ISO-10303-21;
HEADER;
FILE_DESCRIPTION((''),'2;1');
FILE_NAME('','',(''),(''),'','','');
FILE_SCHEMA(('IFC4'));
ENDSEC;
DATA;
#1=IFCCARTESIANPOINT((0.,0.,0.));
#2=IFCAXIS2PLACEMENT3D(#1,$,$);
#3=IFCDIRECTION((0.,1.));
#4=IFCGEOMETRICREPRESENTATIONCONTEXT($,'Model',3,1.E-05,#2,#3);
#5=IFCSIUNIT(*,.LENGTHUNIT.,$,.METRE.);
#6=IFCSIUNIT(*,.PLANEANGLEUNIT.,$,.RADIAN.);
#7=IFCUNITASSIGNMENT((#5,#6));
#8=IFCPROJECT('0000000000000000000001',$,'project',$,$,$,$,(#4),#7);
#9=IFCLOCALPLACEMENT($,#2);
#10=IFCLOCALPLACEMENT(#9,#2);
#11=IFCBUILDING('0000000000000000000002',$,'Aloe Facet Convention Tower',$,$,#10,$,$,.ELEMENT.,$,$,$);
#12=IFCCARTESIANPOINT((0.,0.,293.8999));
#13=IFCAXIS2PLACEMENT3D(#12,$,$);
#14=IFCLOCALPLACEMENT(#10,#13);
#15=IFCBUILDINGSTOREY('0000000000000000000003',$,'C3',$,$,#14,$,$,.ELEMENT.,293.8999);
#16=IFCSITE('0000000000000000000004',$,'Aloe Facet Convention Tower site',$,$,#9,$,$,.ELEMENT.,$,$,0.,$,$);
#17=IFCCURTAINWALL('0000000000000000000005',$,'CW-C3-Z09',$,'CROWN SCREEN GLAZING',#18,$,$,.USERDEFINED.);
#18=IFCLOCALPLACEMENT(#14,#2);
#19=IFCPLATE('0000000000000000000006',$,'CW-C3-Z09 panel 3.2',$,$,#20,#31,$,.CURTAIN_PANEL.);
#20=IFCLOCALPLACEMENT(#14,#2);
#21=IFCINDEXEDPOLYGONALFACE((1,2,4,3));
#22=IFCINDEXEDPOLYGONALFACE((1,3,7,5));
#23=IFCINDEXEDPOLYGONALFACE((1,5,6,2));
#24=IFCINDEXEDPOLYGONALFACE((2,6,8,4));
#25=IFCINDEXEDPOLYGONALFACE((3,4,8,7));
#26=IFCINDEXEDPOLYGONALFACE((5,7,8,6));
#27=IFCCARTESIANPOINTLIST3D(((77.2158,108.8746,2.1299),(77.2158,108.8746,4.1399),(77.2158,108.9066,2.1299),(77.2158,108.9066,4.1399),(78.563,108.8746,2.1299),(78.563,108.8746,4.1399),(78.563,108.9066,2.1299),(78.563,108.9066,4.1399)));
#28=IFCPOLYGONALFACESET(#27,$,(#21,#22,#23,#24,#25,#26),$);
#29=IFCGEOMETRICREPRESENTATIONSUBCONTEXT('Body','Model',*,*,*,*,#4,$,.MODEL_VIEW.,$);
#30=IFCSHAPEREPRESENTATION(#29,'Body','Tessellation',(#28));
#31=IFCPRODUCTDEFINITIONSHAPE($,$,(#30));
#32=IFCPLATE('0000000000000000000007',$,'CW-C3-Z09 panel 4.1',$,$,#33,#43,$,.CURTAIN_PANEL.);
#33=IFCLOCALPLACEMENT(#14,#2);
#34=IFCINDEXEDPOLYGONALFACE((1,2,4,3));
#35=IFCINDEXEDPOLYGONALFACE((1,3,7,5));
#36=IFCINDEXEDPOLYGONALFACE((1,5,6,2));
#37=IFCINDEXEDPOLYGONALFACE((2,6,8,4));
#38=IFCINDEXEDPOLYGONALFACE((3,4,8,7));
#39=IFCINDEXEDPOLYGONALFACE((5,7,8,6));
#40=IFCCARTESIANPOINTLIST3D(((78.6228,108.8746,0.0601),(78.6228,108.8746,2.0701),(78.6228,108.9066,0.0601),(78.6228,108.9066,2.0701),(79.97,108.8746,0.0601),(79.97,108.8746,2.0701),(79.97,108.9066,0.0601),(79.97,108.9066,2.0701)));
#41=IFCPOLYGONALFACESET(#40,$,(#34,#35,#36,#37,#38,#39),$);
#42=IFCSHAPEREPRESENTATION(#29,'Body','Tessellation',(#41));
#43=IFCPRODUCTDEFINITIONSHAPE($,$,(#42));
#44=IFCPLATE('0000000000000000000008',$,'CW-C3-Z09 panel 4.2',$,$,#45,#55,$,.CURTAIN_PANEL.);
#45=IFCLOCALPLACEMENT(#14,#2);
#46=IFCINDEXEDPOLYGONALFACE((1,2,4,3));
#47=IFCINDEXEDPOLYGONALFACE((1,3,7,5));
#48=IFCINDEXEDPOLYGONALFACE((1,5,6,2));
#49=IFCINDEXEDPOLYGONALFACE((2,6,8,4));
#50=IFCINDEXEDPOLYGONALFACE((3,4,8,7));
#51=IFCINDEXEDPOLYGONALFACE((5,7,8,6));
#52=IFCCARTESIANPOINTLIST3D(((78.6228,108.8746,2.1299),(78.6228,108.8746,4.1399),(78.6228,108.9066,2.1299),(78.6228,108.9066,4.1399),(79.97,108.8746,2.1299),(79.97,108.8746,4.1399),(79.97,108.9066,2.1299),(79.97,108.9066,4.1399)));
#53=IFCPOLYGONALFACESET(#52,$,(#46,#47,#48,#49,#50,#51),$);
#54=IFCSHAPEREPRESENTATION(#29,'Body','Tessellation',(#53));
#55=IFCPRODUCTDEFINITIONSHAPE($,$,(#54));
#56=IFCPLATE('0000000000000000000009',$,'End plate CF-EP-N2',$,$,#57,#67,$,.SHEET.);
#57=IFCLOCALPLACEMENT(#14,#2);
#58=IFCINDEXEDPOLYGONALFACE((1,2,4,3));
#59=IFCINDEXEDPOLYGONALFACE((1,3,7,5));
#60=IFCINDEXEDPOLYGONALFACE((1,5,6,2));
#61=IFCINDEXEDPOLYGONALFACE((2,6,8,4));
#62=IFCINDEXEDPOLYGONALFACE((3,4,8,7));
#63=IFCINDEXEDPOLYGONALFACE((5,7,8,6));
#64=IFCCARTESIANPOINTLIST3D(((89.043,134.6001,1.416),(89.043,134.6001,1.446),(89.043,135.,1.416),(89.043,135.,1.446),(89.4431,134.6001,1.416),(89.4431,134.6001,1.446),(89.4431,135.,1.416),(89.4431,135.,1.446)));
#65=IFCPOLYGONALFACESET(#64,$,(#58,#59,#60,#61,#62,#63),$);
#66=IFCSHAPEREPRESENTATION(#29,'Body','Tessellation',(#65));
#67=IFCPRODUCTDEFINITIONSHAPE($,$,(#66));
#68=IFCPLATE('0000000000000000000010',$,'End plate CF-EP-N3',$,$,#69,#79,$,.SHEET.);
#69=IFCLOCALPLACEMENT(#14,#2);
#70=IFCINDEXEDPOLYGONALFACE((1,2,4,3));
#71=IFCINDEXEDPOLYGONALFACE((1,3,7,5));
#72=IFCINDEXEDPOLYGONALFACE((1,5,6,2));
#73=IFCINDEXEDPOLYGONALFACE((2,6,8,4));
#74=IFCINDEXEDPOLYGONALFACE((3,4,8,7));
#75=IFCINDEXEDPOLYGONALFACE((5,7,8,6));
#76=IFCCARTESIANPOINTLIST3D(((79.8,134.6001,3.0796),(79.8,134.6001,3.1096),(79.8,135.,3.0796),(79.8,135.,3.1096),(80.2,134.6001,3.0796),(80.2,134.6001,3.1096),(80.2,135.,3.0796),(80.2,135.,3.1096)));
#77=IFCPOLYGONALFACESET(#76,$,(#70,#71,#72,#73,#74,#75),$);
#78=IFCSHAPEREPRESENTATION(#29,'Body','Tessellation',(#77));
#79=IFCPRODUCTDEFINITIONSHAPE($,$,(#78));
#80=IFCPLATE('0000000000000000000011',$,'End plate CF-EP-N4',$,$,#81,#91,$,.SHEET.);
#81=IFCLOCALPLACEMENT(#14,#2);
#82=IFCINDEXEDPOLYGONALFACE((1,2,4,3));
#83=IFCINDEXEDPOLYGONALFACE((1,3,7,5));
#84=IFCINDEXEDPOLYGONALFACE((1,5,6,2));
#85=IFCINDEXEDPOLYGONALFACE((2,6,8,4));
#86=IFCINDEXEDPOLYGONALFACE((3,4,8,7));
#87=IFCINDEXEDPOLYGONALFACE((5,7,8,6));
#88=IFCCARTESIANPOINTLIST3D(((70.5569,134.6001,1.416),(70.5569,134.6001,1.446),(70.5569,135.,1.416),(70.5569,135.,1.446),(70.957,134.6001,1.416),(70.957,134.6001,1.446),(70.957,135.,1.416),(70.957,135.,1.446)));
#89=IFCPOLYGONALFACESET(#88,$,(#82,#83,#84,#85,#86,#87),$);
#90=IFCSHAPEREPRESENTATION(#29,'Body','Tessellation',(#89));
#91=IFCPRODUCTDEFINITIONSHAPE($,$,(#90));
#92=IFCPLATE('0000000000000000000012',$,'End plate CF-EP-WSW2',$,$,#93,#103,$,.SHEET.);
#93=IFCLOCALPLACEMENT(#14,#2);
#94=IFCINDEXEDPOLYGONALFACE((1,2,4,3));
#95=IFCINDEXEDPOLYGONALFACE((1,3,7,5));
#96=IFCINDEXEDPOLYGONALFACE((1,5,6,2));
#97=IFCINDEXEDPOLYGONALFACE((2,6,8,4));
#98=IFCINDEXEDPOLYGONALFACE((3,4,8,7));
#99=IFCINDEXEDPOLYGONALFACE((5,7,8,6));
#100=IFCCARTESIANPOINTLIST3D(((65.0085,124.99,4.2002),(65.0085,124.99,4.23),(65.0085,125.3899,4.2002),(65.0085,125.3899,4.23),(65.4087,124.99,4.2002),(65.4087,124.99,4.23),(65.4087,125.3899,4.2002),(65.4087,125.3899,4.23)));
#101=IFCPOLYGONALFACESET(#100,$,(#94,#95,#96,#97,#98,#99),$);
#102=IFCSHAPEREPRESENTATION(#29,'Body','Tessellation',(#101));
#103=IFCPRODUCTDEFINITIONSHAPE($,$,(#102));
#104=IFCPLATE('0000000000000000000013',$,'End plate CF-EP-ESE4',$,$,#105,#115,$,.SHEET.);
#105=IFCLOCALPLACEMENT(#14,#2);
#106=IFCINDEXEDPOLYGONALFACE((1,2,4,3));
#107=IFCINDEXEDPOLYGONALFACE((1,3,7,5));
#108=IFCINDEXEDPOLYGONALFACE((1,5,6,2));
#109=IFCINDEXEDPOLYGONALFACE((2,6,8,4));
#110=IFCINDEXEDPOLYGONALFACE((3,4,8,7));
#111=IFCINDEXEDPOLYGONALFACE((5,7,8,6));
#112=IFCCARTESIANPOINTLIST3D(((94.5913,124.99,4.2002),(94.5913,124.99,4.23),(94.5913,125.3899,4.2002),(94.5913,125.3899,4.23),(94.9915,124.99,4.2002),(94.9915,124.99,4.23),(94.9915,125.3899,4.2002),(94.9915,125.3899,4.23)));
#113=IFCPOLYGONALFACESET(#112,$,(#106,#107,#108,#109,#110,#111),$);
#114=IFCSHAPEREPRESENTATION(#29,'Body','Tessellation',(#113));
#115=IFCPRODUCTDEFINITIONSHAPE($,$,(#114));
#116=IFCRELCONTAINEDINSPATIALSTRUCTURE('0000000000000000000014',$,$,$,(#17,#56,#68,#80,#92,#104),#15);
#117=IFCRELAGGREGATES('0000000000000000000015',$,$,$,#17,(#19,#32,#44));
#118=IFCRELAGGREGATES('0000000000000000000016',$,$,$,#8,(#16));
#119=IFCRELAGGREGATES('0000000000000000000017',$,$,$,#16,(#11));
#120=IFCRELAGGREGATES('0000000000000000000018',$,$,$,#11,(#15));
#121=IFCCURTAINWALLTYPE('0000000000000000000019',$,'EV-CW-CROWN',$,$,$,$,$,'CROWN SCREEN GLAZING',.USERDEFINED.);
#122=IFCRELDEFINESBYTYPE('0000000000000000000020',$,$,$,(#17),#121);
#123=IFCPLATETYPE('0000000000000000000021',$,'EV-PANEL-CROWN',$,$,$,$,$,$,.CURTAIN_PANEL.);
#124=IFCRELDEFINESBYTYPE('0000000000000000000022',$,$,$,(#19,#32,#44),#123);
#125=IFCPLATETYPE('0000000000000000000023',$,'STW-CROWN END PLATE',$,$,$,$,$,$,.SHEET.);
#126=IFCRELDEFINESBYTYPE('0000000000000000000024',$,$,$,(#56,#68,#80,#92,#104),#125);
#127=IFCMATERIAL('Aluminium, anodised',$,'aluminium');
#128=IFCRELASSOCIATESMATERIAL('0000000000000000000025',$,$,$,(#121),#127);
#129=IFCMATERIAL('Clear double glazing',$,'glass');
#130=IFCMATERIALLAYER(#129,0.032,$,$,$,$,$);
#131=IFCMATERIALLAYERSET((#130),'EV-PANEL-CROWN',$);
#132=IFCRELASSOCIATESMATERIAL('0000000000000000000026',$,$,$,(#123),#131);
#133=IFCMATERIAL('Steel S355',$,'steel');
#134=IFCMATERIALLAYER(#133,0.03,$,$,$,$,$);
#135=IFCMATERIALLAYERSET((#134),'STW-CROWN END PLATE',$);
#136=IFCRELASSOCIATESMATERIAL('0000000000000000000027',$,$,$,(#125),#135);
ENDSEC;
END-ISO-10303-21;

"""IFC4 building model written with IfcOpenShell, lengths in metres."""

from ifc_helpers import new_model, si_unit, direction, frame, origin, origin_2d, place, context, subcontext, project, spatial, polyline, rectangle, outline, extrude, material, layer, layer_set, type_object, element, aggregate, save


model = new_model("IFC4")

# Units and contexts
model_context = context("Model", 3, precision=1e-05, world=origin(), true_north=direction((0.0, 1.0)))
body_context = subcontext(model_context, "Body", "Model", "MODEL_VIEW")
ifc_project = project(units=[si_unit("LENGTHUNIT", "METRE"), si_unit("PLANEANGLEUNIT", "RADIAN")], contexts=[model_context])

# Site, building, storey
site_placement = place(None, origin())
site = spatial("IfcSite", under=ifc_project, at=site_placement, Name="Aloe Facet Convention Tower site", CompositionType="ELEMENT", RefElevation=0.0)
building_placement = place(site_placement, origin())
building = spatial("IfcBuilding", under=site, at=building_placement, Name="Aloe Facet Convention Tower", CompositionType="ELEMENT")
storey_placement = place(building_placement, frame((0.0, 0.0, 293.8999)))
storey = spatial("IfcBuildingStorey", under=building, at=storey_placement, Name="C3", CompositionType="ELEMENT", Elevation=293.8999)

# Curtain wall
ifc_material_1 = material(Name="Aluminium, anodised", Category="aluminium")
curtain_wall_type = type_object("IfcCurtainWallType", Name="EV-CW-CROWN", ElementType="CROWN SCREEN GLAZING", PredefinedType="USERDEFINED", material=ifc_material_1)
curtain_wall_placement = place(storey_placement, origin())
curtain_wall = element("IfcCurtainWall", 1, at=curtain_wall_placement, inside=storey, type_object=curtain_wall_type, Name="CW-C3-Z09", ObjectType="CROWN SCREEN GLAZING", PredefinedType="USERDEFINED")

# Plates
ifc_material_2 = material(Name="Clear double glazing", Category="glass")
ifc_layer_1 = layer(ifc_material_2, 0.032)
ifc_layer_set_1 = layer_set([ifc_layer_1], Name="EV-PANEL-CROWN")
plate_type_1 = type_object("IfcPlateType", Name="EV-PANEL-CROWN", PredefinedType="CURTAIN_PANEL", material=ifc_layer_set_1)
plate_1_placement = place(storey_placement, frame((77.8894, 108.8906, 2.1299), z_axis=(0.0, 0.0, 1.0), x_axis=(1.0, 0.0, 0.0)))
plate_1 = element("IfcPlate", 2, at=plate_1_placement, type_object=plate_type_1, Name="CW-C3-Z09 panel 3.2", PredefinedType="CURTAIN_PANEL", context=body_context, shape_type="SweptSolid", body=[
    extrude(rectangle(XDim=1.3472, YDim=0.032, at=origin_2d()), origin(), (0.0, 0.0, 1.0), 2.01),
])
plate_2_placement = place(storey_placement, frame((79.2964, 108.8906, 0.0601), z_axis=(0.0, 0.0, 1.0), x_axis=(1.0, 0.0, 0.0)))
plate_2 = element("IfcPlate", 3, at=plate_2_placement, type_object=plate_type_1, Name="CW-C3-Z09 panel 4.1", PredefinedType="CURTAIN_PANEL", context=body_context, shape_type="SweptSolid", body=[
    extrude(rectangle(XDim=1.3472, YDim=0.032, at=origin_2d()), origin(), (0.0, 0.0, 1.0), 2.01),
])
plate_3_placement = place(storey_placement, frame((79.2964, 108.8906, 2.1299), z_axis=(0.0, 0.0, 1.0), x_axis=(1.0, 0.0, 0.0)))
plate_3 = element("IfcPlate", 4, at=plate_3_placement, type_object=plate_type_1, Name="CW-C3-Z09 panel 4.2", PredefinedType="CURTAIN_PANEL", context=body_context, shape_type="SweptSolid", body=[
    extrude(rectangle(XDim=1.3472, YDim=0.032, at=origin_2d()), origin(), (0.0, 0.0, 1.0), 2.01),
])
aggregate(curtain_wall, [plate_1, plate_2, plate_3])

# Plates
ifc_material_3 = material(Name="Steel S355", Category="steel")
ifc_layer_2 = layer(ifc_material_3, 0.03)
ifc_layer_set_2 = layer_set([ifc_layer_2], Name="STW-CROWN END PLATE")
plate_type_2 = type_object("IfcPlateType", Name="STW-CROWN END PLATE", PredefinedType="SHEET", material=ifc_layer_set_2)
plate_4_placement = place(storey_placement, frame((0.0, 0.0, 1.416)))
element("IfcPlate", 5, at=plate_4_placement, inside=storey, type_object=plate_type_2, Name="End plate CF-EP-N2", PredefinedType="SHEET", context=body_context, shape_type="SweptSolid", body=[
    extrude(outline(polyline([(89.043, 134.6001), (89.4431, 134.6001), (89.4431, 135.0), (89.043, 135.0), (89.043, 134.6001)])), origin(), (0.0, 0.0, 1.0), 0.03),
])
plate_5_placement = place(storey_placement, frame((0.0, 0.0, 3.0796)))
element("IfcPlate", 6, at=plate_5_placement, inside=storey, type_object=plate_type_2, Name="End plate CF-EP-N3", PredefinedType="SHEET", context=body_context, shape_type="SweptSolid", body=[
    extrude(outline(polyline([(79.8, 134.6001), (80.2, 134.6001), (80.2, 135.0), (79.8, 135.0), (79.8, 134.6001)])), origin(), (0.0, 0.0, 1.0), 0.03),
])
plate_6_placement = place(storey_placement, frame((0.0, 0.0, 1.416)))
element("IfcPlate", 7, at=plate_6_placement, inside=storey, type_object=plate_type_2, Name="End plate CF-EP-N4", PredefinedType="SHEET", context=body_context, shape_type="SweptSolid", body=[
    extrude(outline(polyline([(70.5569, 134.6001), (70.957, 134.6001), (70.957, 135.0), (70.5569, 135.0), (70.5569, 134.6001)])), origin(), (0.0, 0.0, 1.0), 0.03),
])
plate_7_placement = place(storey_placement, frame((0.0, 0.0, 4.2002)))
element("IfcPlate", 8, at=plate_7_placement, inside=storey, type_object=plate_type_2, Name="End plate CF-EP-WSW2", PredefinedType="SHEET", context=body_context, shape_type="SweptSolid", body=[
    extrude(outline(polyline([(65.0085, 124.99), (65.4087, 124.99), (65.4087, 125.3899), (65.0085, 125.3899), (65.0085, 124.99)])), origin(), (0.0, 0.0, 1.0), 0.0298),
])
plate_8_placement = place(storey_placement, frame((0.0, 0.0, 4.2002)))
element("IfcPlate", 9, at=plate_8_placement, inside=storey, type_object=plate_type_2, Name="End plate CF-EP-ESE4", PredefinedType="SHEET", context=body_context, shape_type="SweptSolid", body=[
    extrude(outline(polyline([(94.5913, 124.99), (94.9915, 124.99), (94.9915, 125.3899), (94.5913, 125.3899), (94.5913, 124.99)])), origin(), (0.0, 0.0, 1.0), 0.0298),
])

save(model, "model.ifc")
